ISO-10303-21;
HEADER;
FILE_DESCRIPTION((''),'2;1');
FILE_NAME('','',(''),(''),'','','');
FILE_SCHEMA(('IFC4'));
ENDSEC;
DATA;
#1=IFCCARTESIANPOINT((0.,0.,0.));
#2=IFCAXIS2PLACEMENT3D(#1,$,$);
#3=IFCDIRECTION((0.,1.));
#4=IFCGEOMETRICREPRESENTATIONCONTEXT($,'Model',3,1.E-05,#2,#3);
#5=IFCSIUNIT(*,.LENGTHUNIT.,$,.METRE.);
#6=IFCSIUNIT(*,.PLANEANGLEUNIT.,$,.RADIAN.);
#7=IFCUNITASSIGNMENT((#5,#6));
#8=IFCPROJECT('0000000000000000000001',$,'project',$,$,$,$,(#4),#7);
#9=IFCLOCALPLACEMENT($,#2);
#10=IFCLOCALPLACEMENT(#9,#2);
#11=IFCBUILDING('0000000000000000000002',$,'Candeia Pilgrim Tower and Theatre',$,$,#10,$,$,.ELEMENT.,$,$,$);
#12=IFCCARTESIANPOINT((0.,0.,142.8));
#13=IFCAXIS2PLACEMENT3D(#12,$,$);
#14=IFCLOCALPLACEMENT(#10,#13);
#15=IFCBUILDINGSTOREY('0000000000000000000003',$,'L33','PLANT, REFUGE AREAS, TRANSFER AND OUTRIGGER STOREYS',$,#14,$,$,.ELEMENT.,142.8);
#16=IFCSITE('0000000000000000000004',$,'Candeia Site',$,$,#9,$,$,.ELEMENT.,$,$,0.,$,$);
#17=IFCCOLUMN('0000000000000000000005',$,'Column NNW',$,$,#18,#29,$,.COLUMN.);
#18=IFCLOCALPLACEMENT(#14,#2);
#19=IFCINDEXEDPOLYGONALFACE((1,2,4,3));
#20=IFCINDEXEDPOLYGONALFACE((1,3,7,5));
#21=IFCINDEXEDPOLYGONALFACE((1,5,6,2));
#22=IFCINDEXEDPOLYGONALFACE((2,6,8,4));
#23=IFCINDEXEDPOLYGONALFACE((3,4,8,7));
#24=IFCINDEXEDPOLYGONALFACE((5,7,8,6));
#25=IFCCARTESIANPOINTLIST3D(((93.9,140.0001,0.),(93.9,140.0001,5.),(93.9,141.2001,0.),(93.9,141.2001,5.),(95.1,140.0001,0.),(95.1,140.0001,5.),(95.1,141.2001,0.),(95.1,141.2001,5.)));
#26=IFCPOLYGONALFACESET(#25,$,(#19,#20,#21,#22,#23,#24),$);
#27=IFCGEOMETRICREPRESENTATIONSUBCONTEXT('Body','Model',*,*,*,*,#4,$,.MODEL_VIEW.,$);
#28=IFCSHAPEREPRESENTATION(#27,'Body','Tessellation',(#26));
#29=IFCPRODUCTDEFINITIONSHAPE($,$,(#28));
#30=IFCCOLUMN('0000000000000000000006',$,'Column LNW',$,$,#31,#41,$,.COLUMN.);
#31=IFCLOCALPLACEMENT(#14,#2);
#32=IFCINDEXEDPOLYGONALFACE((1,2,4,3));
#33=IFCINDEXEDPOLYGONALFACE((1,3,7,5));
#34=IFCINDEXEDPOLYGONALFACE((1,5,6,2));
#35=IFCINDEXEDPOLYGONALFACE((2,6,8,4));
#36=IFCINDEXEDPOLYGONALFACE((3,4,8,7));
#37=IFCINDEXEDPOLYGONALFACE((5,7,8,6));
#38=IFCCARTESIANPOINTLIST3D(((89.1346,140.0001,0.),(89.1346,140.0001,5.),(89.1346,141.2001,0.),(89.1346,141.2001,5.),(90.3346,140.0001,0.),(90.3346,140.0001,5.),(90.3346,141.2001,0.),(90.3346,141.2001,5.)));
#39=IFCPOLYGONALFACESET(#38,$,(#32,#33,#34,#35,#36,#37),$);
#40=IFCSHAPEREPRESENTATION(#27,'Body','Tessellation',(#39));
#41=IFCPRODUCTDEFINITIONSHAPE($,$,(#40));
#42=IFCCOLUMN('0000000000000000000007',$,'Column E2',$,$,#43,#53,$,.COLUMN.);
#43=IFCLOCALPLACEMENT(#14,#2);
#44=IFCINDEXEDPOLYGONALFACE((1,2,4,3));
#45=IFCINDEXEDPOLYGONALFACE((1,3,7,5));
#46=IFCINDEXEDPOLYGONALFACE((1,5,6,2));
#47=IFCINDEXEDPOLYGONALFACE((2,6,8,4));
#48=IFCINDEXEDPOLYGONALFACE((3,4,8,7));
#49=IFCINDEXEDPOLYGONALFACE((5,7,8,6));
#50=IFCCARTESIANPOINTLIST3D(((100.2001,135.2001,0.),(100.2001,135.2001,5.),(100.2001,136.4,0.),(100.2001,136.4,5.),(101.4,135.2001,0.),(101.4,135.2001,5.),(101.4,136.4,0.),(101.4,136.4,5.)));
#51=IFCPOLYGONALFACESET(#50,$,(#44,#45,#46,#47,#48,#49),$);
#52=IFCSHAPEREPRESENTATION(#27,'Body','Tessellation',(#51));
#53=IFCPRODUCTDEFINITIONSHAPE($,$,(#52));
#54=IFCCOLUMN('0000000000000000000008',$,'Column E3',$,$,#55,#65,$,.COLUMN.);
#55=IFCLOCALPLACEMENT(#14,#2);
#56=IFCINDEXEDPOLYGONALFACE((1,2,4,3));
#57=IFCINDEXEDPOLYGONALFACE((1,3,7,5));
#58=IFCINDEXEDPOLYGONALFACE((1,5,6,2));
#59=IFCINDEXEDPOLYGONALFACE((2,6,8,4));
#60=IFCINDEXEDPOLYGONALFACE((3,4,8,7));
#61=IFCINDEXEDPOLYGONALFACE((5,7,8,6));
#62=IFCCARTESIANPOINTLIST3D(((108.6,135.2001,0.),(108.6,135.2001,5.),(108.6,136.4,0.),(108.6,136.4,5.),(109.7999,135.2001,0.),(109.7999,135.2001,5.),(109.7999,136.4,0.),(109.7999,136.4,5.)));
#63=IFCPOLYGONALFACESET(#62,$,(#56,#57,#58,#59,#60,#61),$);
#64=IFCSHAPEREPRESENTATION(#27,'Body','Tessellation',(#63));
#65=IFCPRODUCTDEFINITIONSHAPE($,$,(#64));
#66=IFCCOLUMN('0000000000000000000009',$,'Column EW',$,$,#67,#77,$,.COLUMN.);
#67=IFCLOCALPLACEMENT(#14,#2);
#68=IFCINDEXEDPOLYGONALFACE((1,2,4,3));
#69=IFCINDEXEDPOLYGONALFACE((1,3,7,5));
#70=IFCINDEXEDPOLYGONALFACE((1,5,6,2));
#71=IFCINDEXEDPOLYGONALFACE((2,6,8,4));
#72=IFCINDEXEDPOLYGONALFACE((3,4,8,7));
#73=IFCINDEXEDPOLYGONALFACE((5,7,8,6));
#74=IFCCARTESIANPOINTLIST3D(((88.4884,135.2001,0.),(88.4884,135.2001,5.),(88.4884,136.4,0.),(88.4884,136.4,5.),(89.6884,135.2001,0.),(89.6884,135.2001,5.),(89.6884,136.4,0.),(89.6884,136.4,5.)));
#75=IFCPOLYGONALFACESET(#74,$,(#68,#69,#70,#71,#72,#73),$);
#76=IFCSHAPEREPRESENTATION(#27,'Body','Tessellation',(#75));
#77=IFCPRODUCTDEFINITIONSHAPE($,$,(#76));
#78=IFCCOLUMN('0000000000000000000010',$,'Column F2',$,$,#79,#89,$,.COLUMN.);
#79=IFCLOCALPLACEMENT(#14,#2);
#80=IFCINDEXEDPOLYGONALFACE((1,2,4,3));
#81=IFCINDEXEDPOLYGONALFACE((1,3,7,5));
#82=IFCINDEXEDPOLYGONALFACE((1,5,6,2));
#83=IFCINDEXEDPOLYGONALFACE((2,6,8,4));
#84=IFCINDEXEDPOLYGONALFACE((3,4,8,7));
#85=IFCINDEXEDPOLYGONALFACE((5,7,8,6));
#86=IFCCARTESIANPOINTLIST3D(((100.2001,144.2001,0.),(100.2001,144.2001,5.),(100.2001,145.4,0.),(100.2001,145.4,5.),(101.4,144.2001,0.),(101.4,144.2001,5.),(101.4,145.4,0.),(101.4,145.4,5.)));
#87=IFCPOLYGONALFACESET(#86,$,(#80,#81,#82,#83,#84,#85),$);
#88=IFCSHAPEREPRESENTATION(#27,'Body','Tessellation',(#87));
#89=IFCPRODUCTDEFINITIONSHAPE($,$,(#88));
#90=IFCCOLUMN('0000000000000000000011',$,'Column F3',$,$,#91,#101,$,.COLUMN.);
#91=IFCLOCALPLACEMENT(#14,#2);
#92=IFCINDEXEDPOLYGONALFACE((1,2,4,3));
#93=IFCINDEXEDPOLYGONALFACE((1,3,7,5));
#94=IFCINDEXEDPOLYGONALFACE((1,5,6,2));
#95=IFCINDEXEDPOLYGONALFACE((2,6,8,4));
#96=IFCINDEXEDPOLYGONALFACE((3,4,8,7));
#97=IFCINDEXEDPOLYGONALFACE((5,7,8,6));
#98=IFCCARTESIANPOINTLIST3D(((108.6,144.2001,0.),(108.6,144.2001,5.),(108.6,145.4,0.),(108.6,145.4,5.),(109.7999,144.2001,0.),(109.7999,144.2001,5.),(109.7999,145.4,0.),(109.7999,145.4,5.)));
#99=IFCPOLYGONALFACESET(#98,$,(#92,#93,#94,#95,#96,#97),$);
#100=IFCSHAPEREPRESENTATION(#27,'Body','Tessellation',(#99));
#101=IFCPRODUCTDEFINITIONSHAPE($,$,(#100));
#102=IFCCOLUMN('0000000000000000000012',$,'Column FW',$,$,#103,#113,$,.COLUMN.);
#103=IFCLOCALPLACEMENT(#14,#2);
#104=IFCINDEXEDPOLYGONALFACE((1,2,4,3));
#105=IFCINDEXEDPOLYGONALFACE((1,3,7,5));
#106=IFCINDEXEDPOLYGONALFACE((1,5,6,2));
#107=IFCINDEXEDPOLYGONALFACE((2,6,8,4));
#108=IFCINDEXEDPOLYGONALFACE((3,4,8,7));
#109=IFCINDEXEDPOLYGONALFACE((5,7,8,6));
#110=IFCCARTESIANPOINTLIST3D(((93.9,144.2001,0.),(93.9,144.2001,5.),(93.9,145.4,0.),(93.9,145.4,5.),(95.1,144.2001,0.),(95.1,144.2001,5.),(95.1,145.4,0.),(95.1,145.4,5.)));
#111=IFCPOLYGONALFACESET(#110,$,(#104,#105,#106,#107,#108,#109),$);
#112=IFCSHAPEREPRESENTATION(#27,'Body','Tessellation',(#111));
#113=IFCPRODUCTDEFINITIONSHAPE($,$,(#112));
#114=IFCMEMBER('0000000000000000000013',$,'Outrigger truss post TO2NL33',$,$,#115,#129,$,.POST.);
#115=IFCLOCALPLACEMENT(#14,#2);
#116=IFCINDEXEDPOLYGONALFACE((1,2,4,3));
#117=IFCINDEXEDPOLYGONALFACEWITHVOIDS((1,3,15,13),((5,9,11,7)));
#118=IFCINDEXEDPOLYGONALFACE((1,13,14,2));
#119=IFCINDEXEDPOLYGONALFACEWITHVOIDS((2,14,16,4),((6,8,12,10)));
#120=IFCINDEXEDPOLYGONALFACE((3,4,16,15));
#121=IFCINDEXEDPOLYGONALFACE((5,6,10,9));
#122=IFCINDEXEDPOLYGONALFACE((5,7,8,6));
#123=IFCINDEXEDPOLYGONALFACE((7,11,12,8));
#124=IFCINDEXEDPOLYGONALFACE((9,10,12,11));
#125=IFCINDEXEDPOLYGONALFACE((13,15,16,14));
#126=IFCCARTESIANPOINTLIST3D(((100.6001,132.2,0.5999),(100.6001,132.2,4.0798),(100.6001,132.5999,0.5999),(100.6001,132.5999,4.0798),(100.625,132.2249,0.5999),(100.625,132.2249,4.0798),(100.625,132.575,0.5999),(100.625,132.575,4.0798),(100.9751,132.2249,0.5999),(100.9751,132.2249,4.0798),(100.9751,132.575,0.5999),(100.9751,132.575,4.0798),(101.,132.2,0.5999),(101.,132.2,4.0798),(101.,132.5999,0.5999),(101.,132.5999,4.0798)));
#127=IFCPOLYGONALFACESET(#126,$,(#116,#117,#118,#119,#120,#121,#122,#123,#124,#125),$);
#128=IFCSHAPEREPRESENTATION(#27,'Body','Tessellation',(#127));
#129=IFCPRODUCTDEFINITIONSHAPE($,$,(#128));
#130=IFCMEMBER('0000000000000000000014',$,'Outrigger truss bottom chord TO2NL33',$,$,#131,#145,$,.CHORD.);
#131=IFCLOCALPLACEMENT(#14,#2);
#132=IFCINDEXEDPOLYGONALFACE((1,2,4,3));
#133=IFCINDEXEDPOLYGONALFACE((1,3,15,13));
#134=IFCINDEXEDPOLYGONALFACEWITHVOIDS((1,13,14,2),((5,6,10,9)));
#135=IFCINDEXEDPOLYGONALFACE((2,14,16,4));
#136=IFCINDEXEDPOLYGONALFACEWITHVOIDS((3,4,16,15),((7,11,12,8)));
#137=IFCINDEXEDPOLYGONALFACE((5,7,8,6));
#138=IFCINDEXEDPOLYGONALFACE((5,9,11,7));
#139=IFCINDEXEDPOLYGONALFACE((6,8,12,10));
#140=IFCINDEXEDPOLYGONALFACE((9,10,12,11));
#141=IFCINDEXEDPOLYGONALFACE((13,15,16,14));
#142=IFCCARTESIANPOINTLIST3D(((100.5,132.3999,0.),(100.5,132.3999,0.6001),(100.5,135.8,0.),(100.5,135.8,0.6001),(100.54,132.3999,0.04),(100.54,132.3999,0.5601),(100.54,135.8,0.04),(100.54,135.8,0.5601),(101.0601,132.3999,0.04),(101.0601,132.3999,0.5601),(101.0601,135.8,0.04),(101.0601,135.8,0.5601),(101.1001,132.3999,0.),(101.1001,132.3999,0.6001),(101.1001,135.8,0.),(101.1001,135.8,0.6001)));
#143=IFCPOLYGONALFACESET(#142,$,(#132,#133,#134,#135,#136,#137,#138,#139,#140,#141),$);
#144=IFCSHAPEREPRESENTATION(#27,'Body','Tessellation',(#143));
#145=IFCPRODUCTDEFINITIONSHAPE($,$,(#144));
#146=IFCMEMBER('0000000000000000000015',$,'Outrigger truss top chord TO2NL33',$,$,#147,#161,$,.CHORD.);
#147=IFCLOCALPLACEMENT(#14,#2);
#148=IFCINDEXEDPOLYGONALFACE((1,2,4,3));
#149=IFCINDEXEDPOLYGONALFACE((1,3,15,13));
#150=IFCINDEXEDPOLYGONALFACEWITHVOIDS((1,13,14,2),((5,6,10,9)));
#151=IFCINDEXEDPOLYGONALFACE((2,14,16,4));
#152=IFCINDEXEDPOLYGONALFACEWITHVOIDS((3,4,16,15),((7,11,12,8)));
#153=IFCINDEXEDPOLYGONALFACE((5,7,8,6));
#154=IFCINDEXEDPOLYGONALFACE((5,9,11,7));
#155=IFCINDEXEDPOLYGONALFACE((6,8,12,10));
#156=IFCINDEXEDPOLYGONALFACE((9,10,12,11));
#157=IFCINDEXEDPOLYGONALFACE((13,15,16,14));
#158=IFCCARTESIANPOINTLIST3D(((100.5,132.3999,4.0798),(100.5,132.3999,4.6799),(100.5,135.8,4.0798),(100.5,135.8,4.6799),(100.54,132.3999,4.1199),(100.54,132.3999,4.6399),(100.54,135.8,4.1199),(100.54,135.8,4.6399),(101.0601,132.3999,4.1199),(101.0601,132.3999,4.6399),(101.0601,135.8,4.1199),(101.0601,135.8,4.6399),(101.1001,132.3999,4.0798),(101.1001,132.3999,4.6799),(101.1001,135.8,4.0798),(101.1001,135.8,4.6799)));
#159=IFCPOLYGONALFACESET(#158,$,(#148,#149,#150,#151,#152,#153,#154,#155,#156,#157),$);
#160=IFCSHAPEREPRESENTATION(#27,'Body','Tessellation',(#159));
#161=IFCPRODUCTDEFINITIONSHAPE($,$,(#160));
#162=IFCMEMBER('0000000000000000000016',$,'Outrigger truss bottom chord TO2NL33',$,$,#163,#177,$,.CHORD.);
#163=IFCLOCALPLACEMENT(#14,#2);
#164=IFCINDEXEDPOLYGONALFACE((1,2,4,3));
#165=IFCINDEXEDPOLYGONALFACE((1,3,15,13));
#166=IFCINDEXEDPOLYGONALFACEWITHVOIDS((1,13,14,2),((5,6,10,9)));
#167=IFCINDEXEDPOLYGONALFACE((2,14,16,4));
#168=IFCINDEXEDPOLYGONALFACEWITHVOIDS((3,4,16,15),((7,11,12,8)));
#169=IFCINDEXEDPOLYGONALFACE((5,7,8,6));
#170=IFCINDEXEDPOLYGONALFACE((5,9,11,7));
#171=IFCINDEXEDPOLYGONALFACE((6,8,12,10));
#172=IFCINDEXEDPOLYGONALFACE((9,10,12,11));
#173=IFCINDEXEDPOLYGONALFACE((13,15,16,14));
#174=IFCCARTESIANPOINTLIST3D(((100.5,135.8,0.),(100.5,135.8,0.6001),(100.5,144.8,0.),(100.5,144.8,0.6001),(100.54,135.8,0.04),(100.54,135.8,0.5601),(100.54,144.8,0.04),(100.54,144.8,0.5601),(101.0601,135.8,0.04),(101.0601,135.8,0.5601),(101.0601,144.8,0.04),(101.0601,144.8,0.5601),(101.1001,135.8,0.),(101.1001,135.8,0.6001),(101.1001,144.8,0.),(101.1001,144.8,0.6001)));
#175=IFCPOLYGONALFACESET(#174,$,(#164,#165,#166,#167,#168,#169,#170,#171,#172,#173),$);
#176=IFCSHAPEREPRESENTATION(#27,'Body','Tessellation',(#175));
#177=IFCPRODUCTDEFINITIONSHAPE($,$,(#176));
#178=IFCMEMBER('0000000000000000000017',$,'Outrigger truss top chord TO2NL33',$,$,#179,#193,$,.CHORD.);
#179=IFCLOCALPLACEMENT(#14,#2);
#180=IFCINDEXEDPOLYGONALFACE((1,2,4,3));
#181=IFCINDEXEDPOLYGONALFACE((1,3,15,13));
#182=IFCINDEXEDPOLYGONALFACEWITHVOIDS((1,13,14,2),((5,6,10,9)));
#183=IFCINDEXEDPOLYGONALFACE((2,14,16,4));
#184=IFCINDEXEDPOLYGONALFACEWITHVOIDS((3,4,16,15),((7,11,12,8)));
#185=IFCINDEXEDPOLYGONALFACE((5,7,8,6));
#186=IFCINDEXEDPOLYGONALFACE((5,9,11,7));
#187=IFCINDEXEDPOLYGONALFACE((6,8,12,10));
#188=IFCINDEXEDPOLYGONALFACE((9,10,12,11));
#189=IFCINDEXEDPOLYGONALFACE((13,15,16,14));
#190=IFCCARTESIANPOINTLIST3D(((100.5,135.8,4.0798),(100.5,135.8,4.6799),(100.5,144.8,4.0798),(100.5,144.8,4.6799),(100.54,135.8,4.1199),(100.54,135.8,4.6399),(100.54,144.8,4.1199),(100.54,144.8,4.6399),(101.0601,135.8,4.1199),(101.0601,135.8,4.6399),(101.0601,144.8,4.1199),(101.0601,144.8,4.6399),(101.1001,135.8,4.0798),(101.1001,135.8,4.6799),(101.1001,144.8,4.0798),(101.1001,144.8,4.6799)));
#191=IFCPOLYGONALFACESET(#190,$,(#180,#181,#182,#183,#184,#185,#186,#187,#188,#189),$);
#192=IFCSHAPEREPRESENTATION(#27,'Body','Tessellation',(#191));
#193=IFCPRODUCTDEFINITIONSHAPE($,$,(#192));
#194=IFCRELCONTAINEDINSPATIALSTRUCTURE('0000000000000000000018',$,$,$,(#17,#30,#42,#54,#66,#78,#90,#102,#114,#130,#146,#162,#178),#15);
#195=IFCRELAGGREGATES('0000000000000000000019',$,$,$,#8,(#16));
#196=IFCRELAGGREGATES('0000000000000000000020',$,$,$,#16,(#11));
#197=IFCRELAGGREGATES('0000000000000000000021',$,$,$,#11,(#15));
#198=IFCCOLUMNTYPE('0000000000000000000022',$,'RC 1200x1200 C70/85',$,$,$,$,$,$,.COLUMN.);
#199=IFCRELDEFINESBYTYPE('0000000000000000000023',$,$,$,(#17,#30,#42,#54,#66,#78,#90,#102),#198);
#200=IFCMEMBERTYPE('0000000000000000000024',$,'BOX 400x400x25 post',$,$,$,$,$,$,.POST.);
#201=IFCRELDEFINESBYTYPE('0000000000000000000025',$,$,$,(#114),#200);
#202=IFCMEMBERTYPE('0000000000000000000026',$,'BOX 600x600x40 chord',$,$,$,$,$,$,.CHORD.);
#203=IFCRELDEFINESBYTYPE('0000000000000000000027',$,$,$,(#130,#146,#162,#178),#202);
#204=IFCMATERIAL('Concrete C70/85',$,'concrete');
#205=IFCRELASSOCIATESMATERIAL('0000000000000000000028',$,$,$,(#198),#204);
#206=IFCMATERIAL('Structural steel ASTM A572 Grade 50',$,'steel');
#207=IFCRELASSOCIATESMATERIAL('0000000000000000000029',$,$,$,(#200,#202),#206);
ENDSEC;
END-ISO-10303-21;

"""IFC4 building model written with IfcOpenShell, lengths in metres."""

from ifc_helpers import new_model, si_unit, direction, frame, origin, origin_2d, place, context, subcontext, project, spatial, rectangle, hollow_rectangle, extrude, material, material_profile, profile_set, type_object, element, save


model = new_model("IFC4")

# Units and contexts
model_context = context("Model", 3, precision=1e-05, world=origin(), true_north=direction((0.0, 1.0)))
body_context = subcontext(model_context, "Body", "Model", "MODEL_VIEW")
ifc_project = project(units=[si_unit("LENGTHUNIT", "METRE"), si_unit("PLANEANGLEUNIT", "RADIAN")], contexts=[model_context])

# Site, building, storey
site_placement = place(None, origin())
site = spatial("IfcSite", under=ifc_project, at=site_placement, Name="Candeia Site", CompositionType="ELEMENT", RefElevation=0.0)
building_placement = place(site_placement, origin())
building = spatial("IfcBuilding", under=site, at=building_placement, Name="Candeia Pilgrim Tower and Theatre", CompositionType="ELEMENT")
storey_placement = place(building_placement, frame((0.0, 0.0, 142.8)))
storey = spatial("IfcBuildingStorey", under=building, at=storey_placement, Name="L33", Description="PLANT, REFUGE AREAS, TRANSFER AND OUTRIGGER STOREYS", CompositionType="ELEMENT", Elevation=142.8)

# Columns
ifc_material_1 = material(Name="Concrete C70/85", Category="concrete")
ifc_material_profile_1 = material_profile(ifc_material_1, rectangle(XDim=1.2, YDim=1.2, at=origin_2d()))
ifc_profile_set_1 = profile_set([ifc_material_profile_1], Name="Concrete C70/85")
column_type = type_object("IfcColumnType", Name="RC 1200x1200 C70/85", PredefinedType="COLUMN", material=ifc_profile_set_1)
for number, where, z_axis, x_axis, name in (
    (1, (94.5, 140.6001, 0.0), (0.0, 0.0, 1.0), (1.0, 0.0, 0.0), "Column NNW"),
    (2, (89.7346, 140.6001, 0.0), (0.0, 0.0, 1.0), (1.0, 0.0, 0.0), "Column LNW"),
    (3, (100.8, 135.8, 0.0), (0.0, 0.0, 1.0), (1.0, 0.0, 0.0), "Column E2"),
    (4, (109.2, 135.8, 0.0), (0.0, 0.0, 1.0), (1.0, 0.0, 0.0), "Column E3"),
    (5, (89.0884, 135.8, 0.0), (0.0, 0.0, 1.0), (1.0, 0.0, 0.0), "Column EW"),
    (6, (100.8, 144.8, 0.0), (0.0, 0.0, 1.0), (1.0, 0.0, 0.0), "Column F2"),
    (7, (109.2, 144.8, 0.0), (0.0, 0.0, 1.0), (1.0, 0.0, 0.0), "Column F3"),
    (8, (94.5, 144.8, 0.0), (0.0, 0.0, 1.0), (1.0, 0.0, 0.0), "Column FW"),
):
    element("IfcColumn", number, at=place(storey_placement, frame(where, z_axis=z_axis, x_axis=x_axis)), inside=storey, type_object=column_type, Name=name, PredefinedType="COLUMN", context=body_context, shape_type="SweptSolid", body=[
        extrude(rectangle(XDim=1.2, YDim=1.2, at=origin_2d()), origin(), (0.0, 0.0, 1.0), 5.0),
    ])

# Members
ifc_material_2 = material(Name="Structural steel ASTM A572 Grade 50", Category="steel")
ifc_material_profile_2 = material_profile(ifc_material_2, hollow_rectangle(XDim=0.3999, YDim=0.3999, WallThickness=0.0249, at=origin_2d()))
ifc_profile_set_2 = profile_set([ifc_material_profile_2], Name="Structural steel ASTM A572 Grade 50")
member_type_1 = type_object("IfcMemberType", Name="BOX 400x400x25 post", PredefinedType="POST", material=ifc_profile_set_2)
member_1_placement = place(storey_placement, frame((100.8, 132.3999, 0.5999), z_axis=(0.0, 0.0, 1.0), x_axis=(1.0, 0.0, 0.0)))
element("IfcMember", 9, at=member_1_placement, inside=storey, type_object=member_type_1, Name="Outrigger truss post TO2NL33", PredefinedType="POST", context=body_context, shape_type="SweptSolid", body=[
    extrude(hollow_rectangle(XDim=0.3999, YDim=0.3999, WallThickness=0.0249, at=origin_2d()), origin(), (0.0, 0.0, 1.0), 3.48),
])
ifc_material_profile_3 = material_profile(ifc_material_2, hollow_rectangle(XDim=0.6001, YDim=0.6001, WallThickness=0.04, at=origin_2d()))
ifc_profile_set_3 = profile_set([ifc_material_profile_3], Name="Structural steel ASTM A572 Grade 50")
member_type_2 = type_object("IfcMemberType", Name="BOX 600x600x40 chord", PredefinedType="CHORD", material=ifc_profile_set_3)
for number, where, z_axis, x_axis, name in (
    (10, (100.8, 132.3999, 0.3), (0.0, 1.0, 0.0), (-1.0, 0.0, 0.0), "Outrigger truss bottom chord TO2NL33"),
    (11, (100.8, 132.3999, 4.3799), (0.0, 1.0, 0.0), (-1.0, 0.0, 0.0), "Outrigger truss top chord TO2NL33"),
):
    element("IfcMember", number, at=place(storey_placement, frame(where, z_axis=z_axis, x_axis=x_axis)), inside=storey, type_object=member_type_2, Name=name, PredefinedType="CHORD", context=body_context, shape_type="SweptSolid", body=[
        extrude(hollow_rectangle(XDim=0.6001, YDim=0.6001, WallThickness=0.04, at=origin_2d()), origin(), (0.0, 0.0, 1.0), 3.4001),
    ])
for number, where, z_axis, x_axis, name in (
    (12, (100.8, 135.8, 0.3), (0.0, 1.0, 0.0), (-1.0, 0.0, 0.0), "Outrigger truss bottom chord TO2NL33"),
    (13, (100.8, 135.8, 4.3799), (0.0, 1.0, 0.0), (-1.0, 0.0, 0.0), "Outrigger truss top chord TO2NL33"),
):
    element("IfcMember", number, at=place(storey_placement, frame(where, z_axis=z_axis, x_axis=x_axis)), inside=storey, type_object=member_type_2, Name=name, PredefinedType="CHORD", context=body_context, shape_type="SweptSolid", body=[
        extrude(hollow_rectangle(XDim=0.6001, YDim=0.6001, WallThickness=0.04, at=origin_2d()), origin(), (0.0, 0.0, 1.0), 9.0),
    ])

save(model, "model.ifc")
